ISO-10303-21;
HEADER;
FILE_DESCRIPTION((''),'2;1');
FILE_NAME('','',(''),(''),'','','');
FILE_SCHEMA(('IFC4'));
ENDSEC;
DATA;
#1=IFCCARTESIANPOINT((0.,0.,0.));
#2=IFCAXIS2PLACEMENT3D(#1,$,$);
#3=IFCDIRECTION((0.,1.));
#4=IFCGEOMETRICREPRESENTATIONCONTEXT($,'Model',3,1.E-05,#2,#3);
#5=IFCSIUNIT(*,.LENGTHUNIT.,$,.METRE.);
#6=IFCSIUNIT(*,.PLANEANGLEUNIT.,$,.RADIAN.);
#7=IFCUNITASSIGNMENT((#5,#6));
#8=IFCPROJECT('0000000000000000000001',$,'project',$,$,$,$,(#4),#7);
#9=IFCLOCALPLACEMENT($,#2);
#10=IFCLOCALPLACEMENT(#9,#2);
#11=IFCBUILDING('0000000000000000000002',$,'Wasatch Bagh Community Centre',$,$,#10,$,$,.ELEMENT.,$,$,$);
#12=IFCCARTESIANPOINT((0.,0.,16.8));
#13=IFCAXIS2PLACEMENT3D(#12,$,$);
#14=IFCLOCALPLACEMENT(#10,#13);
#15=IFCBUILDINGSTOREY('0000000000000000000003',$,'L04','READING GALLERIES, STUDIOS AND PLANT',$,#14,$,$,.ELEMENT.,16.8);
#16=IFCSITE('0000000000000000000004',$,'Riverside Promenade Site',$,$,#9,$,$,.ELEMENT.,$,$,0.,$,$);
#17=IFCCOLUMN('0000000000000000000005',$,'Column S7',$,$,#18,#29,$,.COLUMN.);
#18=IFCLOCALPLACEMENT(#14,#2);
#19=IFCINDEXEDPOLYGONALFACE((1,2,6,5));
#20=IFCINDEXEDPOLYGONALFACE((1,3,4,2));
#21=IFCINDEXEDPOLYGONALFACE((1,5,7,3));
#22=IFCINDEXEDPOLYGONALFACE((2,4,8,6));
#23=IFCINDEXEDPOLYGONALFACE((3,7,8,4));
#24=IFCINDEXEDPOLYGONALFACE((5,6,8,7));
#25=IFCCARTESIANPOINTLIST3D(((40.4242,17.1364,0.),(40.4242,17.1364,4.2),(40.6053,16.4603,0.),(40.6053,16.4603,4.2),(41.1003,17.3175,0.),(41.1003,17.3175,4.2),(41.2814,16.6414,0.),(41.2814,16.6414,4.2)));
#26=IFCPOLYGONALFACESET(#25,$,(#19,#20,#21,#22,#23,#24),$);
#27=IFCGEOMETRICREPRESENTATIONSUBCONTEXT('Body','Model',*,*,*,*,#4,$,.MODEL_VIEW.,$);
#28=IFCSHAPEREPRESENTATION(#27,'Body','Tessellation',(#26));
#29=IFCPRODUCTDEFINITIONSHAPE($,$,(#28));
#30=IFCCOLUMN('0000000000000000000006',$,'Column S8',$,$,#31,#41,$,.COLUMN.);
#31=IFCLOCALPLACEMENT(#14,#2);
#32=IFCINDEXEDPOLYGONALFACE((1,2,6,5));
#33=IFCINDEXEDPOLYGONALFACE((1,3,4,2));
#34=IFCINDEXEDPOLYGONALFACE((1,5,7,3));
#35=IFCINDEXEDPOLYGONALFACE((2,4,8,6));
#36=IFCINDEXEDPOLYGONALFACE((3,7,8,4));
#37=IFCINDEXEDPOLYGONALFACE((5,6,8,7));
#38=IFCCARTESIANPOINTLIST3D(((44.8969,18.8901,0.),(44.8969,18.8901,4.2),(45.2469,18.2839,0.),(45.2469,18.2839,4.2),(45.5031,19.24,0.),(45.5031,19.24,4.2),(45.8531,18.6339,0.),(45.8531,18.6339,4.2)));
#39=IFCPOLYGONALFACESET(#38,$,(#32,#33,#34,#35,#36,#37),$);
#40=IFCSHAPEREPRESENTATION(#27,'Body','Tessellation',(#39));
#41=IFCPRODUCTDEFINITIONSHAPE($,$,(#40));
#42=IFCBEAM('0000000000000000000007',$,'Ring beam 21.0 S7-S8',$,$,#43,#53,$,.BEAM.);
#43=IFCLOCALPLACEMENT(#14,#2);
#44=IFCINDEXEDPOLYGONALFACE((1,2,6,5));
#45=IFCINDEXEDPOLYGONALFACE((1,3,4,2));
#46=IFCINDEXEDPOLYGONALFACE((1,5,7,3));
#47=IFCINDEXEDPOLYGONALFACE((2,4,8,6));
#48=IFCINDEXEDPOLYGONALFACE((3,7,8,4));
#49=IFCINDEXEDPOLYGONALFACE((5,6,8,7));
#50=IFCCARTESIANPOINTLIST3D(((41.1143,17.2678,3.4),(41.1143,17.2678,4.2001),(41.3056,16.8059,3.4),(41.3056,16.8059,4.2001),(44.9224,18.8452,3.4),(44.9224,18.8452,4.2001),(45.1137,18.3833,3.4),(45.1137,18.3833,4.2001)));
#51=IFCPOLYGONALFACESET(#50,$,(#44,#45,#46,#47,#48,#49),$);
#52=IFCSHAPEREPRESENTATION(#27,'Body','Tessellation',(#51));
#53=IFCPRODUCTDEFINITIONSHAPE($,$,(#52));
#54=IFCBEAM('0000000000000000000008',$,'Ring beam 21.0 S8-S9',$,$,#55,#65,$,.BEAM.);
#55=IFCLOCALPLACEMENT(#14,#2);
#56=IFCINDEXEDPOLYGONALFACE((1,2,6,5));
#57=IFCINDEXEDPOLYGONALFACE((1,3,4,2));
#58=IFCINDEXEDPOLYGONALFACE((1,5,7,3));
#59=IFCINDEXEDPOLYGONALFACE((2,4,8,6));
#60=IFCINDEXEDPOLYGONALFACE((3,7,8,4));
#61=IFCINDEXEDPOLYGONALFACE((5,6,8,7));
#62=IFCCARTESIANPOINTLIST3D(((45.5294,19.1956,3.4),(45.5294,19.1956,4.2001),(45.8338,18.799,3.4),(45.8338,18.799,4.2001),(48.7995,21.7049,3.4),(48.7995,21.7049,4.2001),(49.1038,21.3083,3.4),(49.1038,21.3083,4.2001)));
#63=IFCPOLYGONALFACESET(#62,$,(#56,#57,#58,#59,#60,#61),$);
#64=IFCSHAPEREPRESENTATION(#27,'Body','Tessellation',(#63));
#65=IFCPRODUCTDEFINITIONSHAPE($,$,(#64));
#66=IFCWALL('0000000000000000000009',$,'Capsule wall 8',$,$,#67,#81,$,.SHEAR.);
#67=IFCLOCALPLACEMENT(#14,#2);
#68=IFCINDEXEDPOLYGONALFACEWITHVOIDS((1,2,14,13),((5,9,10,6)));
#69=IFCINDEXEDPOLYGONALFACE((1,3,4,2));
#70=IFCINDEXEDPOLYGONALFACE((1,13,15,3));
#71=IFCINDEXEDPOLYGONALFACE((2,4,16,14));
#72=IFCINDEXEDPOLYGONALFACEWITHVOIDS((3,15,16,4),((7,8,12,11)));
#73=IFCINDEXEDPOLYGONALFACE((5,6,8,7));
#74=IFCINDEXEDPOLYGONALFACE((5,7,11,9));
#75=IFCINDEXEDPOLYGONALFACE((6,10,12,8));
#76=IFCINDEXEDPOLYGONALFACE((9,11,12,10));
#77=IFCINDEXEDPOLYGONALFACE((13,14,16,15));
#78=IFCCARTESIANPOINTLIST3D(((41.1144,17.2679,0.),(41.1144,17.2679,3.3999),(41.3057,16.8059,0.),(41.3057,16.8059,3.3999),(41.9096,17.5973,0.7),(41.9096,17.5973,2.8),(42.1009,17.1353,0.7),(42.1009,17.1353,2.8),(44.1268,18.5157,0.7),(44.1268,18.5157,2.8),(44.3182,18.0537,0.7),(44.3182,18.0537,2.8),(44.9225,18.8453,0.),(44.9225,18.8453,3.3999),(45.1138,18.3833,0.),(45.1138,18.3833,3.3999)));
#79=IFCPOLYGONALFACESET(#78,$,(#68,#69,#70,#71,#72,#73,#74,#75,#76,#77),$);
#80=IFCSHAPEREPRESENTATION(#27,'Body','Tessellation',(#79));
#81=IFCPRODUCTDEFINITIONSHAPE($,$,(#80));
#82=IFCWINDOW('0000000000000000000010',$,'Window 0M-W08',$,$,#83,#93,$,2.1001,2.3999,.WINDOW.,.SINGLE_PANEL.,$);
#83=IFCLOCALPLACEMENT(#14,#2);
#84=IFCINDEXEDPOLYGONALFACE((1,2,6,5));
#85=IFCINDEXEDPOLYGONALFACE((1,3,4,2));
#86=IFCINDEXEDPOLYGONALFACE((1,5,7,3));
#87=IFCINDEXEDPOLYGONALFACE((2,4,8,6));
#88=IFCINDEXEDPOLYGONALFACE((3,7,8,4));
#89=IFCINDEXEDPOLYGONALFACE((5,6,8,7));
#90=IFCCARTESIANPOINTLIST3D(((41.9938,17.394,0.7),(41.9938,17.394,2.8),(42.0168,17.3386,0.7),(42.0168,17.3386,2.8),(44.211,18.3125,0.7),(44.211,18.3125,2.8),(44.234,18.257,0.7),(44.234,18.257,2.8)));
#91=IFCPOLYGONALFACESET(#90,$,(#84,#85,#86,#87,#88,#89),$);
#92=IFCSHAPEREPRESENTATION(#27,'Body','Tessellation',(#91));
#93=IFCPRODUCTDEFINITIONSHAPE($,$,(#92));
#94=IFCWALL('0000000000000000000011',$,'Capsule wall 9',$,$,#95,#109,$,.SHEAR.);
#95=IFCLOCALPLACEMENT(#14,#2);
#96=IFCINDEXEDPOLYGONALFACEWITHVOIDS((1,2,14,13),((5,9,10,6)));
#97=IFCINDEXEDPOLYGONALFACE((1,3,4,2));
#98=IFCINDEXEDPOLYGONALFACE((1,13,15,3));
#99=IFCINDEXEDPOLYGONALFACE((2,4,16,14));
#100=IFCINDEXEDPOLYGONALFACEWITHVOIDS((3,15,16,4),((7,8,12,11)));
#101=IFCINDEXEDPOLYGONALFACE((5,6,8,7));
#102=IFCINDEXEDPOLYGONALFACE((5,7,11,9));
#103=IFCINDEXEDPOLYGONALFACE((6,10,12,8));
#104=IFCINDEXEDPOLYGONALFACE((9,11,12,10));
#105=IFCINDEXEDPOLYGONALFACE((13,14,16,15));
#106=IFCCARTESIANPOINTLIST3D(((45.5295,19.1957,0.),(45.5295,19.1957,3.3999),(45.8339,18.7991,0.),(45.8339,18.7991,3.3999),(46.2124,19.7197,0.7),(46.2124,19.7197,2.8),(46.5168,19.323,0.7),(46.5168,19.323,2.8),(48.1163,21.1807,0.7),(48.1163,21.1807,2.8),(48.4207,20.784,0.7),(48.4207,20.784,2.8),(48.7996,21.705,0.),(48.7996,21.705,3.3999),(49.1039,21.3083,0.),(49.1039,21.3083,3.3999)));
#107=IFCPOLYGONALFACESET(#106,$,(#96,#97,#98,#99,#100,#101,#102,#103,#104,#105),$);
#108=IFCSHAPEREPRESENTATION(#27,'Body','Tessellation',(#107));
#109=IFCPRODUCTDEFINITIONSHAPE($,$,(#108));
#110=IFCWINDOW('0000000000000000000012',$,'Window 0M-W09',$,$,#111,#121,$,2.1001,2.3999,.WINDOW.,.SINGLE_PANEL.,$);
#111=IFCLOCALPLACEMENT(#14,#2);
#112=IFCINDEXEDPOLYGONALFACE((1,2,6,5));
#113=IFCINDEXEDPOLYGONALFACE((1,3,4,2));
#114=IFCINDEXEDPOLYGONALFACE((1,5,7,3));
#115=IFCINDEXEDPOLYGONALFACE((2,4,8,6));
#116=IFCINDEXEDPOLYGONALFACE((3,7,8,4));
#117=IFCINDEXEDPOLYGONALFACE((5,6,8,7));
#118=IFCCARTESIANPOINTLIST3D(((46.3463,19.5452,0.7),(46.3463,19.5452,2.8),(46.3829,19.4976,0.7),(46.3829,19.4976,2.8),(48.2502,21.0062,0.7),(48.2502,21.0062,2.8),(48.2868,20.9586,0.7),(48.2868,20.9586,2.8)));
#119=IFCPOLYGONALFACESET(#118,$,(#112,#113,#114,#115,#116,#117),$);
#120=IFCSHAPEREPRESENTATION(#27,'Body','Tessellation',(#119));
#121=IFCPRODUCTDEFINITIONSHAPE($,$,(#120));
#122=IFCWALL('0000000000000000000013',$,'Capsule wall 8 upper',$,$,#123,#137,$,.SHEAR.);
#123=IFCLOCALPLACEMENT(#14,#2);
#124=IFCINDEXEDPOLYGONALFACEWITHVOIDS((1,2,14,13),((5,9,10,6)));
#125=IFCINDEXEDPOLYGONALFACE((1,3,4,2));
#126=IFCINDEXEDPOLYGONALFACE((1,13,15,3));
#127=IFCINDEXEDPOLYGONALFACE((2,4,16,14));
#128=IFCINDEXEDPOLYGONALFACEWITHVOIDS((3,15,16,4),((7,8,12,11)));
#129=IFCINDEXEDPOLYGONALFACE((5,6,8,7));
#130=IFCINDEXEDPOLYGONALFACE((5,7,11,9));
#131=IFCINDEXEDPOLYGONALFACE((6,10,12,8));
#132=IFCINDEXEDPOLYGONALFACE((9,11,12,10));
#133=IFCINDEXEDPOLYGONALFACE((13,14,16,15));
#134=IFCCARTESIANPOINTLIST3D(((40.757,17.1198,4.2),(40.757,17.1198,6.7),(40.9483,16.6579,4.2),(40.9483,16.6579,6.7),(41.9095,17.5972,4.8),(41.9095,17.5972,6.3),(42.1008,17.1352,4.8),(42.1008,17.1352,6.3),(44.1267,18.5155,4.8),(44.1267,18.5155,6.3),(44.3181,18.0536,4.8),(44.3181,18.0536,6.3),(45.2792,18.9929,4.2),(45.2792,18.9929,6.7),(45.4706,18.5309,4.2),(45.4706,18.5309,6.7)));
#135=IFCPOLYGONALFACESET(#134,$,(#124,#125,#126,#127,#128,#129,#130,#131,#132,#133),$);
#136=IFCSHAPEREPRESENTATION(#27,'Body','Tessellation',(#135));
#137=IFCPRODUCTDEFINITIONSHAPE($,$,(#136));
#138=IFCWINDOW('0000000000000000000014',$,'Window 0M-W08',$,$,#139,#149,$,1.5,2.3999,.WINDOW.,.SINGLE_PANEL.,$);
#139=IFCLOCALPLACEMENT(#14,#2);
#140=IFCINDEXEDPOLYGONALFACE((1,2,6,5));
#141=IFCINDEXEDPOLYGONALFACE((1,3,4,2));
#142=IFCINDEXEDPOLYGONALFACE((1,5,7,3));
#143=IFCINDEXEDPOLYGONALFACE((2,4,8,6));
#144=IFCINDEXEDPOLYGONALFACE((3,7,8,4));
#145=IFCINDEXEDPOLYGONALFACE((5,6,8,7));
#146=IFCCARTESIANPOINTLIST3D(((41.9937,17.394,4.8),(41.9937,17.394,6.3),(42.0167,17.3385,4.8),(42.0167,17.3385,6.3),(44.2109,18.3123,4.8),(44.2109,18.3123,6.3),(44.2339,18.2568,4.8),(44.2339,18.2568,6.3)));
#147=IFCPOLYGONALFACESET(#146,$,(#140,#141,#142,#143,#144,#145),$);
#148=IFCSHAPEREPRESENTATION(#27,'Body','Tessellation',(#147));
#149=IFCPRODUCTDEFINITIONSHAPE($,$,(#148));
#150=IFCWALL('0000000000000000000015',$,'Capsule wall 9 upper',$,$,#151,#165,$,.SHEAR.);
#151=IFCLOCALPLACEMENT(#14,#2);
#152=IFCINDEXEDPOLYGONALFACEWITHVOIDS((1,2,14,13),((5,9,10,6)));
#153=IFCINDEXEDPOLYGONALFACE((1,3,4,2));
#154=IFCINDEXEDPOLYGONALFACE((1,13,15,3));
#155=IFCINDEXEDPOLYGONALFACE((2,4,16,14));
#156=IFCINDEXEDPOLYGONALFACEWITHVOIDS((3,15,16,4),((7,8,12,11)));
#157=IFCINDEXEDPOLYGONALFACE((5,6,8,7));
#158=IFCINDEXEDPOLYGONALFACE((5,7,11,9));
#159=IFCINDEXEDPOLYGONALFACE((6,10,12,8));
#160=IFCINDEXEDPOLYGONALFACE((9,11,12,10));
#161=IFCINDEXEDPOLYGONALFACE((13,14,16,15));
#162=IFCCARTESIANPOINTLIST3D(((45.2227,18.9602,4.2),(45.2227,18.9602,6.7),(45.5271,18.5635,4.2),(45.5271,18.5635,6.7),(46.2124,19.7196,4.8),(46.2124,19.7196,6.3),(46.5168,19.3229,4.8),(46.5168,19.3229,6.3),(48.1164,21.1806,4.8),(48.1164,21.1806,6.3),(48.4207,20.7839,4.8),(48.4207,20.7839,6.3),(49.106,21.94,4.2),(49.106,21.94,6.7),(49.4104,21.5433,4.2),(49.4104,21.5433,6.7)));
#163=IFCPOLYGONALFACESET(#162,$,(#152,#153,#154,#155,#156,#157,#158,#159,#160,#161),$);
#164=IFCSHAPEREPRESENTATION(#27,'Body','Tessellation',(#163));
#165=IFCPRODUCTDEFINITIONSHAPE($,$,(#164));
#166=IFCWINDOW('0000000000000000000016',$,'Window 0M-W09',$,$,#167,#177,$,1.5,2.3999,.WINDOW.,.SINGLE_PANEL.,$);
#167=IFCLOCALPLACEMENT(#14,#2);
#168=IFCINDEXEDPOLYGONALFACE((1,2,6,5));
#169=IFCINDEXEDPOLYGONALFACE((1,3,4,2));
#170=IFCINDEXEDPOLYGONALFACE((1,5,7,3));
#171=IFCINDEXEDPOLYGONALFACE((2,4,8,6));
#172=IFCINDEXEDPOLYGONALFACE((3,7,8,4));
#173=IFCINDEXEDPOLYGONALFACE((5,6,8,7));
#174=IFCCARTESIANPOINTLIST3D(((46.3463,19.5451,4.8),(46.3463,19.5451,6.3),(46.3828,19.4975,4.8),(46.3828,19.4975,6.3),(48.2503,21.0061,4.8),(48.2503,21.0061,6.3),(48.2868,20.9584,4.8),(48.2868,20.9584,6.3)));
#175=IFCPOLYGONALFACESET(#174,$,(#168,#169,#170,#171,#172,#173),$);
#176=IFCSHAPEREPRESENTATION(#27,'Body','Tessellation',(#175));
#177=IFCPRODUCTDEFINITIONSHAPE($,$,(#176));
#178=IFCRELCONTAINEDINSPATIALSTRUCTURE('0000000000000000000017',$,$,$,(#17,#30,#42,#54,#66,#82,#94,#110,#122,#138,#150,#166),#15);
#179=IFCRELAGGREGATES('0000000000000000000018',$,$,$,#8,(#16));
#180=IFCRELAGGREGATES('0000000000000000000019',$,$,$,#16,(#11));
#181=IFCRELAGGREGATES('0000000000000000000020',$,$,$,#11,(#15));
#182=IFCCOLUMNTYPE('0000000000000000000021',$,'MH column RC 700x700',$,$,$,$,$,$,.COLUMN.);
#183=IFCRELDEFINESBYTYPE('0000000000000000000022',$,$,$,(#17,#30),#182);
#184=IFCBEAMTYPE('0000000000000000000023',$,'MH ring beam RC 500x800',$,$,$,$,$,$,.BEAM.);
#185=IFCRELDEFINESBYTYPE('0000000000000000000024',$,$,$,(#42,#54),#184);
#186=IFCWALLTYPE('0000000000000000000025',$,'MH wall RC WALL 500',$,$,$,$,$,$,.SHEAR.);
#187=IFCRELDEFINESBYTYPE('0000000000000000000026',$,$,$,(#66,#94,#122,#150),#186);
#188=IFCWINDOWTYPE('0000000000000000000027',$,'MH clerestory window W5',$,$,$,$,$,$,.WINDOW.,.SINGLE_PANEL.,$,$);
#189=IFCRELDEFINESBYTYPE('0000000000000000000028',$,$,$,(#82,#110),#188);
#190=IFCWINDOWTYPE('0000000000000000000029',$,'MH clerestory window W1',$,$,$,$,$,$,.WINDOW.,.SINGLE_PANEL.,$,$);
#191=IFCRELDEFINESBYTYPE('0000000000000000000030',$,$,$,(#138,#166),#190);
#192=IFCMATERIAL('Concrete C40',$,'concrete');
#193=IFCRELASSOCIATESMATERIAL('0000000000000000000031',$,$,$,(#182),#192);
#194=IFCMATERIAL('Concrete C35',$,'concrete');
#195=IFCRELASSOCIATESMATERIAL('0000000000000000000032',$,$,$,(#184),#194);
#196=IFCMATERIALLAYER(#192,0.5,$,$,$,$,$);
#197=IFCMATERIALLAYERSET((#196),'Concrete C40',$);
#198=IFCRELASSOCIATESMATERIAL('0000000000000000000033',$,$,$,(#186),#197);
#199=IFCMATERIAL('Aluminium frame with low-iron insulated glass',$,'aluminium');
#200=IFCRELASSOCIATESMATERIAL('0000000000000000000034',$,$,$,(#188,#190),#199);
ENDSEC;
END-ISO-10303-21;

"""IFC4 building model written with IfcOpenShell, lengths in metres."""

from ifc_helpers import new_model, si_unit, direction, frame, frame_2d, origin, origin_2d, place, context, subcontext, project, spatial, rectangle, extrude, material, layer, layer_set, material_profile, profile_set, type_object, element, fill, save


model = new_model("IFC4")

# Units and contexts
model_context = context("Model", 3, precision=1e-05, world=origin(), true_north=direction((0.0, 1.0)))
body_context = subcontext(model_context, "Body", "Model", "MODEL_VIEW")
ifc_project = project(units=[si_unit("LENGTHUNIT", "METRE"), si_unit("PLANEANGLEUNIT", "RADIAN")], contexts=[model_context])

# Site, building, storey
site_placement = place(None, origin())
site = spatial("IfcSite", under=ifc_project, at=site_placement, Name="Riverside Promenade Site", CompositionType="ELEMENT", RefElevation=0.0)
building_placement = place(site_placement, origin())
building = spatial("IfcBuilding", under=site, at=building_placement, Name="Wasatch Bagh Community Centre", CompositionType="ELEMENT")
storey_placement = place(building_placement, frame((0.0, 0.0, 16.8)))
storey = spatial("IfcBuildingStorey", under=building, at=storey_placement, Name="L04", Description="READING GALLERIES, STUDIOS AND PLANT", CompositionType="ELEMENT", Elevation=16.8)

# Columns
ifc_material_1 = material(Name="Concrete C40", Category="concrete")
ifc_material_profile_1 = material_profile(ifc_material_1, rectangle(XDim=0.7, YDim=0.7, at=origin_2d()), Name="RC 700x700")
ifc_profile_set_1 = profile_set([ifc_material_profile_1], Name="Concrete C40")
column_type = type_object("IfcColumnType", Name="MH column RC 700x700", PredefinedType="COLUMN", material=ifc_profile_set_1)
for number, where, z_axis, x_axis, name in (
    (1, (40.8528, 16.8889, 0.0), (0.0, 0.0, 1.0), (0.965926, 0.258819, 0.0), "Column S7"),
    (2, (45.375, 18.762, 0.0), (0.0, 0.0, 1.0), (0.866025, 0.5, 0.0), "Column S8"),
):
    element("IfcColumn", number, at=place(storey_placement, frame(where, z_axis=z_axis, x_axis=x_axis)), inside=storey, type_object=column_type, Name=name, PredefinedType="COLUMN", context=body_context, shape_type="SweptSolid", body=[
        extrude(rectangle(XDim=0.7, YDim=0.7, at=origin_2d()), origin(), (0.0, 0.0, 1.0), 4.2),
    ])

# Beams
ifc_material_2 = material(Name="Concrete C35", Category="concrete")
ifc_material_profile_2 = material_profile(ifc_material_2, rectangle(XDim=0.5, YDim=0.8, at=origin_2d()), Name="RC 500x800")
ifc_profile_set_2 = profile_set([ifc_material_profile_2], Name="Concrete C35")
beam_type = type_object("IfcBeamType", Name="MH ring beam RC 500x800", PredefinedType="BEAM", material=ifc_profile_set_2)
for number, where, z_axis, x_axis, name in (
    (3, (41.21, 17.0369, 3.8), (0.923878, 0.382688, 0.0), (-0.382688, 0.923878, 0.0), "Ring beam 21.0 S7-S8"),
    (4, (45.6816, 18.9973, 3.8), (0.793341, 0.608777, 0.0), (-0.608777, 0.793341, 0.0), "Ring beam 21.0 S8-S9"),
):
    element("IfcBeam", number, at=place(storey_placement, frame(where, z_axis=z_axis, x_axis=x_axis)), inside=storey, type_object=beam_type, Name=name, PredefinedType="BEAM", context=body_context, shape_type="SweptSolid", body=[
        extrude(rectangle(XDim=0.5, YDim=0.8, at=origin_2d()), origin(), (0.0, 0.0, 1.0), 4.1218),
    ])

# Walls, openings, windows
ifc_layer_1 = layer(ifc_material_1, 0.5)
ifc_layer_set_1 = layer_set([ifc_layer_1], Name="Concrete C40")
wall_type = type_object("IfcWallType", Name="MH wall RC WALL 500", PredefinedType="SHEAR", material=ifc_layer_set_1)
wall_1_placement = place(storey_placement, frame((41.21, 17.0369, 0.0), z_axis=(0.0, 0.0, 1.0), x_axis=(0.923878, 0.382688, 0.0)))
wall_1 = element("IfcWall", 5, at=wall_1_placement, inside=storey, type_object=wall_type, Name="Capsule wall 8", PredefinedType="SHEAR", context=body_context, shape_type="SweptSolid", body=[
    extrude(rectangle(XDim=4.1218, YDim=0.5, at=frame_2d((2.061, 0.0))), origin(), (0.0, 0.0, 1.0), 3.3999),
])
opening_1_placement = place(wall_1_placement, frame((0.8608, 0.0, 0.7)))
opening_1 = element("IfcOpeningElement", 6, at=opening_1_placement, cuts=wall_1, PredefinedType="OPENING", context=body_context, shape_type="SweptSolid", body=[
    extrude(rectangle(XDim=2.3999, YDim=2.1001, at=frame_2d((1.2, 1.05))), frame((0.0, 0.26, 0.0), z_axis=(0.0, -1.0, 0.0), x_axis=(1.0, 0.0, 0.0)), (0.0, 0.0, 1.0), 0.52),
])
ifc_material_3 = material(Name="Aluminium frame with low-iron insulated glass", Category="aluminium")
window_type_1 = type_object("IfcWindowType", Name="MH clerestory window W5", PartitioningType="SINGLE_PANEL", PredefinedType="WINDOW", material=ifc_material_3)
window_1_placement = place(opening_1_placement, origin())
window_1 = element("IfcWindow", 7, at=window_1_placement, inside=storey, type_object=window_type_1, Name="Window 0M-W08", OverallHeight=2.1001, OverallWidth=2.3999, PartitioningType="SINGLE_PANEL", PredefinedType="WINDOW", context=body_context, shape_type="SweptSolid", body=[
    extrude(rectangle(XDim=2.3999, YDim=2.1001, at=frame_2d((1.2, 1.05))), frame((0.0, 0.03, 0.0), z_axis=(0.0, -1.0, 0.0), x_axis=(1.0, 0.0, 0.0)), (0.0, 0.0, 1.0), 0.0601),
])
fill(opening_1, window_1)
wall_2_placement = place(storey_placement, frame((45.6816, 18.9973, 0.0), z_axis=(0.0, 0.0, 1.0), x_axis=(0.793341, 0.608777, 0.0)))
wall_2 = element("IfcWall", 8, at=wall_2_placement, inside=storey, type_object=wall_type, Name="Capsule wall 9", PredefinedType="SHEAR", context=body_context, shape_type="SweptSolid", body=[
    extrude(rectangle(XDim=4.1218, YDim=0.5, at=frame_2d((2.061, 0.0))), origin(), (0.0, 0.0, 1.0), 3.3999),
])
opening_2_placement = place(wall_2_placement, frame((0.8608, 0.0, 0.7)))
opening_2 = element("IfcOpeningElement", 9, at=opening_2_placement, cuts=wall_2, PredefinedType="OPENING", context=body_context, shape_type="SweptSolid", body=[
    extrude(rectangle(XDim=2.3999, YDim=2.1001, at=frame_2d((1.2, 1.05))), frame((0.0, 0.26, 0.0), z_axis=(0.0, -1.0, 0.0), x_axis=(1.0, 0.0, 0.0)), (0.0, 0.0, 1.0), 0.52),
])
window_2_placement = place(opening_2_placement, origin())
window_2 = element("IfcWindow", 10, at=window_2_placement, inside=storey, type_object=window_type_1, Name="Window 0M-W09", OverallHeight=2.1001, OverallWidth=2.3999, PartitioningType="SINGLE_PANEL", PredefinedType="WINDOW", context=body_context, shape_type="SweptSolid", body=[
    extrude(rectangle(XDim=2.3999, YDim=2.1001, at=frame_2d((1.2, 1.05))), frame((0.0, 0.03, 0.0), z_axis=(0.0, -1.0, 0.0), x_axis=(1.0, 0.0, 0.0)), (0.0, 0.0, 1.0), 0.0601),
])
fill(opening_2, window_2)
wall_3_placement = place(storey_placement, frame((40.8528, 16.8889, 4.2), z_axis=(0.0, 0.0, 1.0), x_axis=(0.923888, 0.382663, 0.0)))
wall_3 = element("IfcWall", 11, at=wall_3_placement, inside=storey, type_object=wall_type, Name="Capsule wall 8 upper", PredefinedType="SHEAR", context=body_context, shape_type="SweptSolid", body=[
    extrude(rectangle(XDim=4.8948, YDim=0.5, at=frame_2d((2.4473, 0.0))), origin(), (0.0, 0.0, 1.0), 2.5),
])
opening_3_placement = place(wall_3_placement, frame((1.2473, 0.0, 0.6001)))
opening_3 = element("IfcOpeningElement", 12, at=opening_3_placement, cuts=wall_3, PredefinedType="OPENING", context=body_context, shape_type="SweptSolid", body=[
    extrude(rectangle(XDim=2.3999, YDim=1.5, at=frame_2d((1.2, 0.75))), frame((0.0, 0.26, 0.0), z_axis=(0.0, -1.0, 0.0), x_axis=(1.0, 0.0, 0.0)), (0.0, 0.0, 1.0), 0.52),
])
window_type_2 = type_object("IfcWindowType", Name="MH clerestory window W1", PartitioningType="SINGLE_PANEL", PredefinedType="WINDOW", material=ifc_material_3)
window_3_placement = place(opening_3_placement, origin())
window_3 = element("IfcWindow", 13, at=window_3_placement, inside=storey, type_object=window_type_2, Name="Window 0M-W08", OverallHeight=1.5, OverallWidth=2.3999, PartitioningType="SINGLE_PANEL", PredefinedType="WINDOW", context=body_context, shape_type="SweptSolid", body=[
    extrude(rectangle(XDim=2.3999, YDim=1.5, at=frame_2d((1.2, 0.75))), frame((0.0, 0.03, 0.0), z_axis=(0.0, -1.0, 0.0), x_axis=(1.0, 0.0, 0.0)), (0.0, 0.0, 1.0), 0.0601),
])
fill(opening_3, window_3)
wall_4_placement = place(storey_placement, frame((45.375, 18.762, 4.2), z_axis=(0.0, 0.0, 1.0), x_axis=(0.793356, 0.608758, 0.0)))
wall_4 = element("IfcWall", 14, at=wall_4_placement, inside=storey, type_object=wall_type, Name="Capsule wall 9 upper", PredefinedType="SHEAR", context=body_context, shape_type="SweptSolid", body=[
    extrude(rectangle(XDim=4.8948, YDim=0.5, at=frame_2d((2.4473, 0.0))), origin(), (0.0, 0.0, 1.0), 2.5),
])
opening_4_placement = place(wall_4_placement, frame((1.2473, 0.0, 0.6001)))
opening_4 = element("IfcOpeningElement", 15, at=opening_4_placement, cuts=wall_4, PredefinedType="OPENING", context=body_context, shape_type="SweptSolid", body=[
    extrude(rectangle(XDim=2.3999, YDim=1.5, at=frame_2d((1.2, 0.75))), frame((0.0, 0.26, 0.0), z_axis=(0.0, -1.0, 0.0), x_axis=(1.0, 0.0, 0.0)), (0.0, 0.0, 1.0), 0.52),
])
window_4_placement = place(opening_4_placement, origin())
window_4 = element("IfcWindow", 16, at=window_4_placement, inside=storey, type_object=window_type_2, Name="Window 0M-W09", OverallHeight=1.5, OverallWidth=2.3999, PartitioningType="SINGLE_PANEL", PredefinedType="WINDOW", context=body_context, shape_type="SweptSolid", body=[
    extrude(rectangle(XDim=2.3999, YDim=1.5, at=frame_2d((1.2, 0.75))), frame((0.0, 0.03, 0.0), z_axis=(0.0, -1.0, 0.0), x_axis=(1.0, 0.0, 0.0)), (0.0, 0.0, 1.0), 0.0601),
])
fill(opening_4, window_4)

save(model, "model.ifc")
